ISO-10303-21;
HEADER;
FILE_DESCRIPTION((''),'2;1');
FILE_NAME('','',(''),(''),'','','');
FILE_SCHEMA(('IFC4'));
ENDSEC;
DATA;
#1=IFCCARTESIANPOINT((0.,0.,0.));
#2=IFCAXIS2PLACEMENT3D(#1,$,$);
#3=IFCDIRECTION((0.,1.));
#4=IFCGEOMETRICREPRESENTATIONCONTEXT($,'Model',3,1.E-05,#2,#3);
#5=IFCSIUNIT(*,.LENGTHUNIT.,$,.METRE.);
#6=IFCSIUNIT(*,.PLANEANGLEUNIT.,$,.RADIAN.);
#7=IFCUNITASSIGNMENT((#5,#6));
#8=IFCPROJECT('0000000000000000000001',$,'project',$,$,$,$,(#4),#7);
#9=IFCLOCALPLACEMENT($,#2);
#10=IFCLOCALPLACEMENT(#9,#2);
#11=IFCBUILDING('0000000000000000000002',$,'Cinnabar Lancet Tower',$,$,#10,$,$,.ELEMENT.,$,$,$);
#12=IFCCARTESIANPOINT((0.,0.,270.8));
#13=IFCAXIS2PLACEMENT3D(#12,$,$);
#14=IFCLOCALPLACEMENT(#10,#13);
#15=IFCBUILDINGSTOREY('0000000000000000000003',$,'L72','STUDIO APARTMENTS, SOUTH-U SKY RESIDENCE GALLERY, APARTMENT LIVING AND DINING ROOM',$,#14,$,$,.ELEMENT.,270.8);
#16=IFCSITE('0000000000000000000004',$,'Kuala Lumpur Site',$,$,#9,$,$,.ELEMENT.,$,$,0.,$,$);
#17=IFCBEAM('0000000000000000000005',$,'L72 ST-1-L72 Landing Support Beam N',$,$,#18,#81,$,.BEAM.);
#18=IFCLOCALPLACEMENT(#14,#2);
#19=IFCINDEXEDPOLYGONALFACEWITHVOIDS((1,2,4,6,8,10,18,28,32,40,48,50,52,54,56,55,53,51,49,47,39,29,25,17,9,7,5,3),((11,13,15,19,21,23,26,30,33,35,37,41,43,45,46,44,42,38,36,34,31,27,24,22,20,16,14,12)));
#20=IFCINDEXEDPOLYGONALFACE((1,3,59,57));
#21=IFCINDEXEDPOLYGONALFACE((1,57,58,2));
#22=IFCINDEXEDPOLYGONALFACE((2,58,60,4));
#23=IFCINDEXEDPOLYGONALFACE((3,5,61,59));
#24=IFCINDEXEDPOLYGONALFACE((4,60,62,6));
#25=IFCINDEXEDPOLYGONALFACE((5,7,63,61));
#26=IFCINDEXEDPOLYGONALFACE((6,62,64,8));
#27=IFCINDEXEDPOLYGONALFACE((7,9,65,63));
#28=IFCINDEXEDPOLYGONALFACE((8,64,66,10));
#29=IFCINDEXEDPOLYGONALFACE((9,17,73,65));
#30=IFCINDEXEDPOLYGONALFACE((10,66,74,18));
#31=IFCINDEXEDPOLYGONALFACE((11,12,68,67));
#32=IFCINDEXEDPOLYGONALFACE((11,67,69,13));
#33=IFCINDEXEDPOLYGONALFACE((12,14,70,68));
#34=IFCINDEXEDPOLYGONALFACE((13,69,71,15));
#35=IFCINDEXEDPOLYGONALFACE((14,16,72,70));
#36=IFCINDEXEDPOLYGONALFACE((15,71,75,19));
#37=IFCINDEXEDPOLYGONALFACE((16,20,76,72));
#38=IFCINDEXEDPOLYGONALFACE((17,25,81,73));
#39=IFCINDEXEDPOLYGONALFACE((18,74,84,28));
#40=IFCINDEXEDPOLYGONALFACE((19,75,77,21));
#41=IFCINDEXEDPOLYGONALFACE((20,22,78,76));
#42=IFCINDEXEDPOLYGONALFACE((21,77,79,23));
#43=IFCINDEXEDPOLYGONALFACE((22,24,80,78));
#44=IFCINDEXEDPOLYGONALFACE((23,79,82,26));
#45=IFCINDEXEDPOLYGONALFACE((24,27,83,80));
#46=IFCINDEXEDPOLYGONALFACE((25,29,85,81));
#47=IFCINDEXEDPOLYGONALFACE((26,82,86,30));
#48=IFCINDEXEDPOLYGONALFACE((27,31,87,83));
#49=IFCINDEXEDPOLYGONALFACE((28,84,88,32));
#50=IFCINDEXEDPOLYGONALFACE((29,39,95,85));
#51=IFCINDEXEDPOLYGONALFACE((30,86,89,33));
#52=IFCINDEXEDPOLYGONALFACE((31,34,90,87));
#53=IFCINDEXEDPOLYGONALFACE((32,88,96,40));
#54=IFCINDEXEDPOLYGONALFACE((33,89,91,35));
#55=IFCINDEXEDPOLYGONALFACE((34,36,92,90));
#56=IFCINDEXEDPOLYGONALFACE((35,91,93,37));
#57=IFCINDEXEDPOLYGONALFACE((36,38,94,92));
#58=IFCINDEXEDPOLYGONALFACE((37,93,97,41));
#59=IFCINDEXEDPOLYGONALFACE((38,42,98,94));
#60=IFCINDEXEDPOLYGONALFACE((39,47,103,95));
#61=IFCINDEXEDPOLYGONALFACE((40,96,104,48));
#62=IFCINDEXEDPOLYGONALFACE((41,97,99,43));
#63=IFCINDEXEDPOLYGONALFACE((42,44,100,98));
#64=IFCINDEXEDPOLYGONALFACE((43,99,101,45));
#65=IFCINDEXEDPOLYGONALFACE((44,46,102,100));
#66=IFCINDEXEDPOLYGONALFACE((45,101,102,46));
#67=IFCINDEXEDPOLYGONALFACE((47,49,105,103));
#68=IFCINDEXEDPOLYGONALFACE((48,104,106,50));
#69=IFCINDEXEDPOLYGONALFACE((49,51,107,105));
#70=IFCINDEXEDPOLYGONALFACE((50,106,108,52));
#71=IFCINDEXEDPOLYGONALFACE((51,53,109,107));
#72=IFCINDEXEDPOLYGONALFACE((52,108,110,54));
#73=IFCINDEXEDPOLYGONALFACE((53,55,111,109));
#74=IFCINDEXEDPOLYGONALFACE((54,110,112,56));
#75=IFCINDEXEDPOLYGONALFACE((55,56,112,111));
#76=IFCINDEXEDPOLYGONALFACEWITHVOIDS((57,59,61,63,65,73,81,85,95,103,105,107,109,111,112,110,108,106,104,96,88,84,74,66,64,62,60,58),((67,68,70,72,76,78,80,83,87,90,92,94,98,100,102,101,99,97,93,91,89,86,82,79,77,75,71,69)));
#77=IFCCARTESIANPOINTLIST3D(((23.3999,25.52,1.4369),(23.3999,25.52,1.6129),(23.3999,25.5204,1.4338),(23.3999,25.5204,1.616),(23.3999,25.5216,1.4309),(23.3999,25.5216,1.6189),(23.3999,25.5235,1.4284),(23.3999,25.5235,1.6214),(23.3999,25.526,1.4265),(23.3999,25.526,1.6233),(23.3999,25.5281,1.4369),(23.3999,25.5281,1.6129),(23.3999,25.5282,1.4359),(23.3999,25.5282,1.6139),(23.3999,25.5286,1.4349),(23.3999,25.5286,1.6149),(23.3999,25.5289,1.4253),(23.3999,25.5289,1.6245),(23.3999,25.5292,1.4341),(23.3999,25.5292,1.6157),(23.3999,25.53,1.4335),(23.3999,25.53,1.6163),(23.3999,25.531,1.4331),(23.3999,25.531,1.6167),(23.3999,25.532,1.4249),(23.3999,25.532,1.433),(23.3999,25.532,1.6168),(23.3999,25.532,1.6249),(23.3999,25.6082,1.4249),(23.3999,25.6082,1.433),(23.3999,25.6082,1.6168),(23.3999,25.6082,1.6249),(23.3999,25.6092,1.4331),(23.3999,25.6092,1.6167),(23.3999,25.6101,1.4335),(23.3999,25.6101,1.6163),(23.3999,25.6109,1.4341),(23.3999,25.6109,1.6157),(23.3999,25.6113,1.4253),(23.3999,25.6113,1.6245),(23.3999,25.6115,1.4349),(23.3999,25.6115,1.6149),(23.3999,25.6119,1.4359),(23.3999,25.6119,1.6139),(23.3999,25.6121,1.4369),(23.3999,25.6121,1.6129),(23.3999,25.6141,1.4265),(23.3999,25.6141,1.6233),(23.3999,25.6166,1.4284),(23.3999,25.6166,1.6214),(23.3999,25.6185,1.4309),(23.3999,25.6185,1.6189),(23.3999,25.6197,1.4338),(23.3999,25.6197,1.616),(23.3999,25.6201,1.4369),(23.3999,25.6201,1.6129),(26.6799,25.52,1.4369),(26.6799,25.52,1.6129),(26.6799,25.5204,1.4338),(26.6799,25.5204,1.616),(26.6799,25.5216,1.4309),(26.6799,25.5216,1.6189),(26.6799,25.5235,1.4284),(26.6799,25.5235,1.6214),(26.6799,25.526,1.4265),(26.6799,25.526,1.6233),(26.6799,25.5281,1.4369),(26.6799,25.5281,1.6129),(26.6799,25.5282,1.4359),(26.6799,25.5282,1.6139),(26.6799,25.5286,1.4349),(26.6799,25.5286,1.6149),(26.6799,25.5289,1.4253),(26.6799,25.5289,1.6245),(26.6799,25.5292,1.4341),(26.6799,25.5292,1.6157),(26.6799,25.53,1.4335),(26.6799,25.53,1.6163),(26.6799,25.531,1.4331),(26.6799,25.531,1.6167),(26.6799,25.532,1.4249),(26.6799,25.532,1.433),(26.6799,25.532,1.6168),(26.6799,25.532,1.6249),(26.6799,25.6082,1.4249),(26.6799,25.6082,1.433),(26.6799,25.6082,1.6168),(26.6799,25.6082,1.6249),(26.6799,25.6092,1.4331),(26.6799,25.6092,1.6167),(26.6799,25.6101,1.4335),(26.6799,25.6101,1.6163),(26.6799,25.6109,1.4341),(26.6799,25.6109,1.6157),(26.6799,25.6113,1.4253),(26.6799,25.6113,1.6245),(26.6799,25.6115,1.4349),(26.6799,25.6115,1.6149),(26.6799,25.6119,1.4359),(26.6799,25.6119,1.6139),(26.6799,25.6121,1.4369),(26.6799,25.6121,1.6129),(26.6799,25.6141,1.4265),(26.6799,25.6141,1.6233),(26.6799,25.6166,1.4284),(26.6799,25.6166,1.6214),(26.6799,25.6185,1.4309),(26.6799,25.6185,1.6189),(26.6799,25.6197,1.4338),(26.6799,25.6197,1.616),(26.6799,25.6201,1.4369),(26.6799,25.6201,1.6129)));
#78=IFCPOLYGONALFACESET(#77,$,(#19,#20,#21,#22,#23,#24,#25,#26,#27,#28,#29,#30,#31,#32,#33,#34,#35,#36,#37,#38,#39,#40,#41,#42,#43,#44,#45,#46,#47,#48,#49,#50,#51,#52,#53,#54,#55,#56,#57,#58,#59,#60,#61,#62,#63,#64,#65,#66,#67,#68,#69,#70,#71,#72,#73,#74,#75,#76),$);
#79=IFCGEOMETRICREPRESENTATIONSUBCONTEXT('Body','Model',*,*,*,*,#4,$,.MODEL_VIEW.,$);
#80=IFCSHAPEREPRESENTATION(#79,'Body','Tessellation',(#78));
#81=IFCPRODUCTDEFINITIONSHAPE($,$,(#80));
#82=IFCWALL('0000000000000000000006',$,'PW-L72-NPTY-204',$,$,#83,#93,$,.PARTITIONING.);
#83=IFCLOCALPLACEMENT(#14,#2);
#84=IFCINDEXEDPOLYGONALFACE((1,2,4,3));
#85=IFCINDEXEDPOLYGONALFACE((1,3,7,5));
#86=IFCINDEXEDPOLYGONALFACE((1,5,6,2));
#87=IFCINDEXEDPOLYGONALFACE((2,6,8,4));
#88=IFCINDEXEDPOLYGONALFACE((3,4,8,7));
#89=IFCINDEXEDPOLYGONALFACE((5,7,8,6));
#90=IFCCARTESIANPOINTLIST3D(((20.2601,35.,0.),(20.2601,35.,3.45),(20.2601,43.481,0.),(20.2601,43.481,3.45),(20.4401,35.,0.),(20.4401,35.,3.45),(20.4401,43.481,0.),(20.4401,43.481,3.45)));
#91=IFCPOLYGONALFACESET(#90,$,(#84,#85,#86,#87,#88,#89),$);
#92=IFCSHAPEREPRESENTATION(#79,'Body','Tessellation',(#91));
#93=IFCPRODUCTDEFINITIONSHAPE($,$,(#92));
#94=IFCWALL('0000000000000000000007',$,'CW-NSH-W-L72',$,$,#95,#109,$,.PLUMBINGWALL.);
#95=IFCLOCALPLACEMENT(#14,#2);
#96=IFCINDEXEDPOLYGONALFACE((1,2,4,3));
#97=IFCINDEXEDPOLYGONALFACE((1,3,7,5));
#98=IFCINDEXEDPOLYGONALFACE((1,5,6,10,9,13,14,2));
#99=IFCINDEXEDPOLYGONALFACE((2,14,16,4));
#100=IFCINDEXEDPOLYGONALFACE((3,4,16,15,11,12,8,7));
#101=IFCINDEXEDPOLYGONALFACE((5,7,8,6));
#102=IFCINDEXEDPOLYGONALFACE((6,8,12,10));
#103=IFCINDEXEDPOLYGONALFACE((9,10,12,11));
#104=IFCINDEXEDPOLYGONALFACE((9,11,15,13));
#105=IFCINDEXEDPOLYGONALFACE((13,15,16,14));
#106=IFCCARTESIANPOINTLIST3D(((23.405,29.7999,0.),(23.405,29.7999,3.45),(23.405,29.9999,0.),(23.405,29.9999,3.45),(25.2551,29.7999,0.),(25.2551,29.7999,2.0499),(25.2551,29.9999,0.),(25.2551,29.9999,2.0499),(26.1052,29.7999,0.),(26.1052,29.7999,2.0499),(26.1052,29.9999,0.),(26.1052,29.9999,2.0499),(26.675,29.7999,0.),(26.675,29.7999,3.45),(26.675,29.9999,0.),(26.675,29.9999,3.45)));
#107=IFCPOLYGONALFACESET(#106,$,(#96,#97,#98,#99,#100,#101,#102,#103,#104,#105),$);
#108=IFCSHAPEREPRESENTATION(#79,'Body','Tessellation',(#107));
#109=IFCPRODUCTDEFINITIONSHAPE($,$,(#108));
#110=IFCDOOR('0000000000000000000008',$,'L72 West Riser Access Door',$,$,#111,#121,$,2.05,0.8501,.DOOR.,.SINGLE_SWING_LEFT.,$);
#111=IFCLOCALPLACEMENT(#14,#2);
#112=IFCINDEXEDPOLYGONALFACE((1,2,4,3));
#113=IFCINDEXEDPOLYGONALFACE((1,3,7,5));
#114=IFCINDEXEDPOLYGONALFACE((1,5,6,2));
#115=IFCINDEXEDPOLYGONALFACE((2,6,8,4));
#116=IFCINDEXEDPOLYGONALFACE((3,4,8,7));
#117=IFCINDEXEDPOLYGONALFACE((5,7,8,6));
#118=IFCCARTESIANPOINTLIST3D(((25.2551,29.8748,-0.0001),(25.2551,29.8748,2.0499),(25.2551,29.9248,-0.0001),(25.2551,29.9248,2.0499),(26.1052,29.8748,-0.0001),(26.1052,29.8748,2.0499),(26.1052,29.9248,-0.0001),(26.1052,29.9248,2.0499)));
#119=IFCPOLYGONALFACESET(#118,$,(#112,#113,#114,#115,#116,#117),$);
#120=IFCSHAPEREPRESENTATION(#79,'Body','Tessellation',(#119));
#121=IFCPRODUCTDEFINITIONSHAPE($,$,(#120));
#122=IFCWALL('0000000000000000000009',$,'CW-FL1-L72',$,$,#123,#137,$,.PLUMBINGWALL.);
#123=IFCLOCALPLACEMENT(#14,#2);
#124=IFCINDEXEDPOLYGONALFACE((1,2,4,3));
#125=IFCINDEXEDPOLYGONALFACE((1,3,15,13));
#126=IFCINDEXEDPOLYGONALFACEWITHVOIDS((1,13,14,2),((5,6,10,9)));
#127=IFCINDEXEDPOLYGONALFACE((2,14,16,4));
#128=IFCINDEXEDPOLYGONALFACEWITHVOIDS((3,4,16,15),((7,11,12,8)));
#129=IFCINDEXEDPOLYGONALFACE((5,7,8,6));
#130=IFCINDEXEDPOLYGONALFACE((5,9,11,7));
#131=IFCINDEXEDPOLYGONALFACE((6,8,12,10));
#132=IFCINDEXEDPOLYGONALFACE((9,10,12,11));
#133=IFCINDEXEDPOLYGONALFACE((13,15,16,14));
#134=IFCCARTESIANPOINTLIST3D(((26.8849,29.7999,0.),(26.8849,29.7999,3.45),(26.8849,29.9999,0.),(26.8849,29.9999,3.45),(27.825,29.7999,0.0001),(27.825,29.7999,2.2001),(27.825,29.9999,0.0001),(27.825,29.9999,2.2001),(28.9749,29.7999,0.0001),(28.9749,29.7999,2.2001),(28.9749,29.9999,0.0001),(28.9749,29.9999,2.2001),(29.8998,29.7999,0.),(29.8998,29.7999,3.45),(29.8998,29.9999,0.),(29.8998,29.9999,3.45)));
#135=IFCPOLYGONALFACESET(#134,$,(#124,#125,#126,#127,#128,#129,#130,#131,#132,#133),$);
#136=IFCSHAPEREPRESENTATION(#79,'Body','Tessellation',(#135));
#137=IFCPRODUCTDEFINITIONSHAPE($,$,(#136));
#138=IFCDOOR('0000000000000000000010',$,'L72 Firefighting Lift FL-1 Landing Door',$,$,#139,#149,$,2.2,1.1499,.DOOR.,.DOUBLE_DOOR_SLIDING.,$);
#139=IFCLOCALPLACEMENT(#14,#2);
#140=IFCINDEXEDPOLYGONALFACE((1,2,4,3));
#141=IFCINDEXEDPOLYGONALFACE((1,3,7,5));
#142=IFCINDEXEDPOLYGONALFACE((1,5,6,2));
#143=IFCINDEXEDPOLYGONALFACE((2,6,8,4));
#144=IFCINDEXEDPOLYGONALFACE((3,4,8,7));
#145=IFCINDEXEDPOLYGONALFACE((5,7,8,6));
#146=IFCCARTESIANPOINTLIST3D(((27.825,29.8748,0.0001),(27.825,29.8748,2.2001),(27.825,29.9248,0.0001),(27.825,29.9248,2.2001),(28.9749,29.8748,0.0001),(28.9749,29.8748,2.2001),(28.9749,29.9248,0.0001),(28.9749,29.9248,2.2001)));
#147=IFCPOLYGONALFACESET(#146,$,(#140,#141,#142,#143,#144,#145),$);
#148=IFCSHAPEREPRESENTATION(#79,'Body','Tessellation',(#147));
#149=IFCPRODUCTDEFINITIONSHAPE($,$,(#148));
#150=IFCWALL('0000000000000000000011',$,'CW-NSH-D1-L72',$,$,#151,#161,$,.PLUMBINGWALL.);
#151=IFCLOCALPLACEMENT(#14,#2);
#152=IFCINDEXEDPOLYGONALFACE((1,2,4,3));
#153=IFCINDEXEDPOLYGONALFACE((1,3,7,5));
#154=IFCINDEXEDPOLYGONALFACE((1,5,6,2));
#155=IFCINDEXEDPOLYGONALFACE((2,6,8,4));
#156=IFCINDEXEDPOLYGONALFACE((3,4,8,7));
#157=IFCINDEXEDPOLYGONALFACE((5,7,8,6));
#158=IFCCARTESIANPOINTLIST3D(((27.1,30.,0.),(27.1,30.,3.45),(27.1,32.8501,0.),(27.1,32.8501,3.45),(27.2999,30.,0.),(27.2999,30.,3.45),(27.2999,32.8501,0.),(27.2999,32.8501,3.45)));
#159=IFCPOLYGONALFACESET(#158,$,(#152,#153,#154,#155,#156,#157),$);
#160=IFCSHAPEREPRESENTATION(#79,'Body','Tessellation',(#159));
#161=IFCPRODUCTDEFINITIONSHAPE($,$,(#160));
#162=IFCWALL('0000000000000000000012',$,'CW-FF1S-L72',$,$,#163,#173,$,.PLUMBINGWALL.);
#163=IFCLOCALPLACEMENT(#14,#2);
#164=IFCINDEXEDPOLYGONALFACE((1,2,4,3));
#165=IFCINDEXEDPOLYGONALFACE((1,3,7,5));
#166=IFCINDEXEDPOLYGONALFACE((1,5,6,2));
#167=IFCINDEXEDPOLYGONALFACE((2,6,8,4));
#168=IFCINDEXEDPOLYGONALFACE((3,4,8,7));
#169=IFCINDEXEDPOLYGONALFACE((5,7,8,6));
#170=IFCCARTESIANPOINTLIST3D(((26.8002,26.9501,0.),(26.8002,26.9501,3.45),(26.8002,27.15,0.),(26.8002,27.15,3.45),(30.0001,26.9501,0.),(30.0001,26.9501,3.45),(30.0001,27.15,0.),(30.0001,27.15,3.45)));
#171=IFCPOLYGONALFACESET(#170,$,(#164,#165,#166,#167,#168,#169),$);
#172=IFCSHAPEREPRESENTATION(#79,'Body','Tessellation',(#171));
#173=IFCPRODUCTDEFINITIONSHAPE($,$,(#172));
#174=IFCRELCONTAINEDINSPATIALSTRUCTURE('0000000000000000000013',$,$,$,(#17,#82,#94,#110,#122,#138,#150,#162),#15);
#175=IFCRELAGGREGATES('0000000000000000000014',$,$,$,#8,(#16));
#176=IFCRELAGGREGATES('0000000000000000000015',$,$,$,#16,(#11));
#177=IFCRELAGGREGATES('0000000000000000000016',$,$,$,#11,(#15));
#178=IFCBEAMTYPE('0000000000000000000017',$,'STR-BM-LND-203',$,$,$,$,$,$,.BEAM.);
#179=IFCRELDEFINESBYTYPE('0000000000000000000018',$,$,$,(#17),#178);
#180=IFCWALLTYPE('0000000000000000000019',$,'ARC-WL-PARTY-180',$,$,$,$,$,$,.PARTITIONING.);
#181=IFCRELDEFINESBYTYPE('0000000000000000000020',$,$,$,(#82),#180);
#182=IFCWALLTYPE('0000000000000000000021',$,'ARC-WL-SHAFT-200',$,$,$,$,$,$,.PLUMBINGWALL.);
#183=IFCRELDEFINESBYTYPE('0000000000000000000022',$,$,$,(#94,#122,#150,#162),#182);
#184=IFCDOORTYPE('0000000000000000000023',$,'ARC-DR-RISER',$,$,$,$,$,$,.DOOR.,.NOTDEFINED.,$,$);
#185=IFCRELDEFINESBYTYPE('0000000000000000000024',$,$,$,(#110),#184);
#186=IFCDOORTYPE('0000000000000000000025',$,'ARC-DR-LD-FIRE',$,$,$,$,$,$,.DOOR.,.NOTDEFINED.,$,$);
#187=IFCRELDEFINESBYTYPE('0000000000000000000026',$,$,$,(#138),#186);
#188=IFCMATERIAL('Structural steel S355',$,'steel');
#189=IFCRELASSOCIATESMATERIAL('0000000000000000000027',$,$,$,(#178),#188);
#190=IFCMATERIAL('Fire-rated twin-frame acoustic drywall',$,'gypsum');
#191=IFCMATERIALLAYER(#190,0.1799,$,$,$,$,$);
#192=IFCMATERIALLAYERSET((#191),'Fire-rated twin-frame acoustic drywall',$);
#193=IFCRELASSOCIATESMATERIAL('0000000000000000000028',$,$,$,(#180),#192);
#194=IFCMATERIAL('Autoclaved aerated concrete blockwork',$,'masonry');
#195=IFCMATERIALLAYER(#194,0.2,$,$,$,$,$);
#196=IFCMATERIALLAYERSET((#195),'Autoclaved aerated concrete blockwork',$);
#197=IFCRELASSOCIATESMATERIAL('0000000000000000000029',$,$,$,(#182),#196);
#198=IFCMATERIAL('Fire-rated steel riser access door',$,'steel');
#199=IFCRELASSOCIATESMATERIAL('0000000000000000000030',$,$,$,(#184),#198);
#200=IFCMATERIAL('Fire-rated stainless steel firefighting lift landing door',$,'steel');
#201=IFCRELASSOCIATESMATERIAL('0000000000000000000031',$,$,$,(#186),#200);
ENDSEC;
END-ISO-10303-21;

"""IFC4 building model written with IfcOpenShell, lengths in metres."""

from ifc_helpers import new_model, si_unit, direction, frame, frame_2d, origin, origin_2d, place, context, subcontext, project, spatial, rectangle, hollow_rectangle, extrude, material, layer, layer_set, material_profile, profile_set, type_object, element, fill, save


model = new_model("IFC4")

# Units and contexts
model_context = context("Model", 3, precision=1e-05, world=origin(), true_north=direction((0.0, 1.0)))
body_context = subcontext(model_context, "Body", "Model", "MODEL_VIEW")
ifc_project = project(units=[si_unit("LENGTHUNIT", "METRE"), si_unit("PLANEANGLEUNIT", "RADIAN")], contexts=[model_context])

# Site, building, storey
site_placement = place(None, origin())
site = spatial("IfcSite", under=ifc_project, at=site_placement, Name="Kuala Lumpur Site", CompositionType="ELEMENT", RefElevation=0.0)
building_placement = place(site_placement, origin())
building = spatial("IfcBuilding", under=site, at=building_placement, Name="Cinnabar Lancet Tower", CompositionType="ELEMENT")
storey_placement = place(building_placement, frame((0.0, 0.0, 270.8)))
storey = spatial("IfcBuildingStorey", under=building, at=storey_placement, Name="L72", Description="STUDIO APARTMENTS, SOUTH-U SKY RESIDENCE GALLERY, APARTMENT LIVING AND DINING ROOM", CompositionType="ELEMENT", Elevation=270.8)

# Beam
ifc_material_1 = material(Name="Structural steel S355", Category="steel")
ifc_material_profile_1 = material_profile(ifc_material_1, hollow_rectangle(XDim=0.1001, YDim=0.2, WallThickness=0.0081, InnerFilletRadius=0.0039, OuterFilletRadius=0.012, at=origin_2d()), Name="RHS 200x100x8")
ifc_profile_set_1 = profile_set([ifc_material_profile_1], Name="Structural steel S355")
beam_type_1 = type_object("IfcBeamType", Name="STR-BM-LND-203", PredefinedType="BEAM", material=ifc_profile_set_1)
beam_1_placement = place(storey_placement, frame((23.3999, 25.5701, 1.5249), z_axis=(1.0, 0.0, 0.0), x_axis=(0.0, 1.0, 0.0)))
element("IfcBeam", 1, at=beam_1_placement, inside=storey, type_object=beam_type_1, Name="L72 ST-1-L72 Landing Support Beam N", PredefinedType="BEAM", context=body_context, shape_type="SweptSolid", body=[
    extrude(hollow_rectangle(XDim=0.1001, YDim=0.2, WallThickness=0.0081, InnerFilletRadius=0.0039, OuterFilletRadius=0.012, at=origin_2d()), origin(), (0.0, 0.0, 1.0), 3.28),
])

# Wall
ifc_material_2 = material(Name="Fire-rated twin-frame acoustic drywall", Category="gypsum")
ifc_layer_1 = layer(ifc_material_2, 0.1799)
ifc_layer_set_1 = layer_set([ifc_layer_1], Name="Fire-rated twin-frame acoustic drywall")
wall_type_1 = type_object("IfcWallType", Name="ARC-WL-PARTY-180", PredefinedType="PARTITIONING", material=ifc_layer_set_1)
wall_1_placement = place(storey_placement, frame((20.3501, 35.0, 0.0), z_axis=(0.0, 0.0, 1.0), x_axis=(0.0, 1.0, 0.0)))
element("IfcWall", 2, at=wall_1_placement, inside=storey, type_object=wall_type_1, Name="PW-L72-NPTY-204", PredefinedType="PARTITIONING", context=body_context, shape_type="SweptSolid", body=[
    extrude(rectangle(XDim=8.481, YDim=0.1799, at=frame_2d((4.2405, 0.0))), origin(), (0.0, 0.0, 1.0), 3.45),
])

# Walls, openings, doors
ifc_material_3 = material(Name="Autoclaved aerated concrete blockwork", Category="masonry")
ifc_layer_2 = layer(ifc_material_3, 0.2)
ifc_layer_set_2 = layer_set([ifc_layer_2], Name="Autoclaved aerated concrete blockwork")
wall_type_2 = type_object("IfcWallType", Name="ARC-WL-SHAFT-200", PredefinedType="PLUMBINGWALL", material=ifc_layer_set_2)
wall_2_placement = place(storey_placement, frame((23.405, 29.8999, 0.0), z_axis=(0.0, 0.0, 1.0), x_axis=(1.0, 0.0, 0.0)))
wall_2 = element("IfcWall", 3, at=wall_2_placement, inside=storey, type_object=wall_type_2, Name="CW-NSH-W-L72", PredefinedType="PLUMBINGWALL", context=body_context, shape_type="SweptSolid", body=[
    extrude(rectangle(XDim=3.27, YDim=0.2, at=frame_2d((1.635, 0.0))), origin(), (0.0, 0.0, 1.0), 3.45),
])
opening_1_placement = place(wall_2_placement, frame((1.8501, 0.0, 0.0)))
opening_1 = element("IfcOpeningElement", 4, at=opening_1_placement, cuts=wall_2, PredefinedType="OPENING", context=body_context, shape_type="SweptSolid", body=[
    extrude(rectangle(XDim=0.8501, YDim=2.05, at=frame_2d((0.425, 1.0249))), frame((0.0, 0.1099, 0.0), z_axis=(0.0, -1.0, 0.0), x_axis=(1.0, 0.0, 0.0)), (0.0, 0.0, 1.0), 0.22),
])
ifc_material_4 = material(Name="Fire-rated steel riser access door", Category="steel")
door_type_1 = type_object("IfcDoorType", Name="ARC-DR-RISER", OperationType="NOTDEFINED", PredefinedType="DOOR", material=ifc_material_4)
door_1_placement = place(opening_1_placement, origin())
door_1 = element("IfcDoor", 5, at=door_1_placement, inside=storey, type_object=door_type_1, Name="L72 West Riser Access Door", OperationType="SINGLE_SWING_LEFT", OverallHeight=2.05, OverallWidth=0.8501, PredefinedType="DOOR", context=body_context, shape_type="SweptSolid", body=[
    extrude(rectangle(XDim=0.8501, YDim=2.05, at=frame_2d((0.425, 1.0249))), frame((0.0, 0.0249, 0.0), z_axis=(0.0, -1.0, 0.0), x_axis=(1.0, 0.0, 0.0)), (0.0, 0.0, 1.0), 0.05),
])
fill(opening_1, door_1)
wall_3_placement = place(storey_placement, frame((26.885, 29.8999, 0.0), z_axis=(0.0, 0.0, 1.0), x_axis=(1.0, 0.0, 0.0)))
wall_3 = element("IfcWall", 6, at=wall_3_placement, inside=storey, type_object=wall_type_2, Name="CW-FL1-L72", PredefinedType="PLUMBINGWALL", context=body_context, shape_type="SweptSolid", body=[
    extrude(rectangle(XDim=3.0149, YDim=0.2, at=frame_2d((1.5073, 0.0))), origin(), (0.0, 0.0, 1.0), 3.45),
])
opening_2_placement = place(wall_3_placement, frame((0.9399, 0.0, 0.0)))
opening_2 = element("IfcOpeningElement", 7, at=opening_2_placement, cuts=wall_3, PredefinedType="OPENING", context=body_context, shape_type="SweptSolid", body=[
    extrude(rectangle(XDim=1.1499, YDim=2.2, at=frame_2d((0.575, 1.1001))), frame((0.0, 0.1099, 0.0), z_axis=(0.0, -1.0, 0.0), x_axis=(1.0, 0.0, 0.0)), (0.0, 0.0, 1.0), 0.22),
])
ifc_material_5 = material(Name="Fire-rated stainless steel firefighting lift landing door", Category="steel")
door_type_2 = type_object("IfcDoorType", Name="ARC-DR-LD-FIRE", OperationType="NOTDEFINED", PredefinedType="DOOR", material=ifc_material_5)
door_2_placement = place(opening_2_placement, origin())
door_2 = element("IfcDoor", 8, at=door_2_placement, inside=storey, type_object=door_type_2, Name="L72 Firefighting Lift FL-1 Landing Door", OperationType="DOUBLE_DOOR_SLIDING", OverallHeight=2.2, OverallWidth=1.1499, PredefinedType="DOOR", context=body_context, shape_type="SweptSolid", body=[
    extrude(rectangle(XDim=1.1499, YDim=2.2, at=frame_2d((0.575, 1.1001))), frame((0.0, 0.0249, 0.0), z_axis=(0.0, -1.0, 0.0), x_axis=(1.0, 0.0, 0.0)), (0.0, 0.0, 1.0), 0.05),
])
fill(opening_2, door_2)

# Walls
wall_4_placement = place(storey_placement, frame((27.2, 30.0, 0.0), z_axis=(0.0, 0.0, 1.0), x_axis=(0.0, 1.0, 0.0)))
element("IfcWall", 9, at=wall_4_placement, inside=storey, type_object=wall_type_2, Name="CW-NSH-D1-L72", PredefinedType="PLUMBINGWALL", context=body_context, shape_type="SweptSolid", body=[
    extrude(rectangle(XDim=2.8501, YDim=0.2, at=frame_2d((1.425, 0.0))), origin(), (0.0, 0.0, 1.0), 3.45),
])
wall_5_placement = place(storey_placement, frame((26.8, 27.05, 0.0), z_axis=(0.0, 0.0, 1.0), x_axis=(1.0, 0.0, 0.0)))
element("IfcWall", 10, at=wall_5_placement, inside=storey, type_object=wall_type_2, Name="CW-FF1S-L72", PredefinedType="PLUMBINGWALL", context=body_context, shape_type="SweptSolid", body=[
    extrude(rectangle(XDim=3.2, YDim=0.2, at=frame_2d((1.6001, 0.0))), origin(), (0.0, 0.0, 1.0), 3.45),
])

save(model, "model.ifc")
